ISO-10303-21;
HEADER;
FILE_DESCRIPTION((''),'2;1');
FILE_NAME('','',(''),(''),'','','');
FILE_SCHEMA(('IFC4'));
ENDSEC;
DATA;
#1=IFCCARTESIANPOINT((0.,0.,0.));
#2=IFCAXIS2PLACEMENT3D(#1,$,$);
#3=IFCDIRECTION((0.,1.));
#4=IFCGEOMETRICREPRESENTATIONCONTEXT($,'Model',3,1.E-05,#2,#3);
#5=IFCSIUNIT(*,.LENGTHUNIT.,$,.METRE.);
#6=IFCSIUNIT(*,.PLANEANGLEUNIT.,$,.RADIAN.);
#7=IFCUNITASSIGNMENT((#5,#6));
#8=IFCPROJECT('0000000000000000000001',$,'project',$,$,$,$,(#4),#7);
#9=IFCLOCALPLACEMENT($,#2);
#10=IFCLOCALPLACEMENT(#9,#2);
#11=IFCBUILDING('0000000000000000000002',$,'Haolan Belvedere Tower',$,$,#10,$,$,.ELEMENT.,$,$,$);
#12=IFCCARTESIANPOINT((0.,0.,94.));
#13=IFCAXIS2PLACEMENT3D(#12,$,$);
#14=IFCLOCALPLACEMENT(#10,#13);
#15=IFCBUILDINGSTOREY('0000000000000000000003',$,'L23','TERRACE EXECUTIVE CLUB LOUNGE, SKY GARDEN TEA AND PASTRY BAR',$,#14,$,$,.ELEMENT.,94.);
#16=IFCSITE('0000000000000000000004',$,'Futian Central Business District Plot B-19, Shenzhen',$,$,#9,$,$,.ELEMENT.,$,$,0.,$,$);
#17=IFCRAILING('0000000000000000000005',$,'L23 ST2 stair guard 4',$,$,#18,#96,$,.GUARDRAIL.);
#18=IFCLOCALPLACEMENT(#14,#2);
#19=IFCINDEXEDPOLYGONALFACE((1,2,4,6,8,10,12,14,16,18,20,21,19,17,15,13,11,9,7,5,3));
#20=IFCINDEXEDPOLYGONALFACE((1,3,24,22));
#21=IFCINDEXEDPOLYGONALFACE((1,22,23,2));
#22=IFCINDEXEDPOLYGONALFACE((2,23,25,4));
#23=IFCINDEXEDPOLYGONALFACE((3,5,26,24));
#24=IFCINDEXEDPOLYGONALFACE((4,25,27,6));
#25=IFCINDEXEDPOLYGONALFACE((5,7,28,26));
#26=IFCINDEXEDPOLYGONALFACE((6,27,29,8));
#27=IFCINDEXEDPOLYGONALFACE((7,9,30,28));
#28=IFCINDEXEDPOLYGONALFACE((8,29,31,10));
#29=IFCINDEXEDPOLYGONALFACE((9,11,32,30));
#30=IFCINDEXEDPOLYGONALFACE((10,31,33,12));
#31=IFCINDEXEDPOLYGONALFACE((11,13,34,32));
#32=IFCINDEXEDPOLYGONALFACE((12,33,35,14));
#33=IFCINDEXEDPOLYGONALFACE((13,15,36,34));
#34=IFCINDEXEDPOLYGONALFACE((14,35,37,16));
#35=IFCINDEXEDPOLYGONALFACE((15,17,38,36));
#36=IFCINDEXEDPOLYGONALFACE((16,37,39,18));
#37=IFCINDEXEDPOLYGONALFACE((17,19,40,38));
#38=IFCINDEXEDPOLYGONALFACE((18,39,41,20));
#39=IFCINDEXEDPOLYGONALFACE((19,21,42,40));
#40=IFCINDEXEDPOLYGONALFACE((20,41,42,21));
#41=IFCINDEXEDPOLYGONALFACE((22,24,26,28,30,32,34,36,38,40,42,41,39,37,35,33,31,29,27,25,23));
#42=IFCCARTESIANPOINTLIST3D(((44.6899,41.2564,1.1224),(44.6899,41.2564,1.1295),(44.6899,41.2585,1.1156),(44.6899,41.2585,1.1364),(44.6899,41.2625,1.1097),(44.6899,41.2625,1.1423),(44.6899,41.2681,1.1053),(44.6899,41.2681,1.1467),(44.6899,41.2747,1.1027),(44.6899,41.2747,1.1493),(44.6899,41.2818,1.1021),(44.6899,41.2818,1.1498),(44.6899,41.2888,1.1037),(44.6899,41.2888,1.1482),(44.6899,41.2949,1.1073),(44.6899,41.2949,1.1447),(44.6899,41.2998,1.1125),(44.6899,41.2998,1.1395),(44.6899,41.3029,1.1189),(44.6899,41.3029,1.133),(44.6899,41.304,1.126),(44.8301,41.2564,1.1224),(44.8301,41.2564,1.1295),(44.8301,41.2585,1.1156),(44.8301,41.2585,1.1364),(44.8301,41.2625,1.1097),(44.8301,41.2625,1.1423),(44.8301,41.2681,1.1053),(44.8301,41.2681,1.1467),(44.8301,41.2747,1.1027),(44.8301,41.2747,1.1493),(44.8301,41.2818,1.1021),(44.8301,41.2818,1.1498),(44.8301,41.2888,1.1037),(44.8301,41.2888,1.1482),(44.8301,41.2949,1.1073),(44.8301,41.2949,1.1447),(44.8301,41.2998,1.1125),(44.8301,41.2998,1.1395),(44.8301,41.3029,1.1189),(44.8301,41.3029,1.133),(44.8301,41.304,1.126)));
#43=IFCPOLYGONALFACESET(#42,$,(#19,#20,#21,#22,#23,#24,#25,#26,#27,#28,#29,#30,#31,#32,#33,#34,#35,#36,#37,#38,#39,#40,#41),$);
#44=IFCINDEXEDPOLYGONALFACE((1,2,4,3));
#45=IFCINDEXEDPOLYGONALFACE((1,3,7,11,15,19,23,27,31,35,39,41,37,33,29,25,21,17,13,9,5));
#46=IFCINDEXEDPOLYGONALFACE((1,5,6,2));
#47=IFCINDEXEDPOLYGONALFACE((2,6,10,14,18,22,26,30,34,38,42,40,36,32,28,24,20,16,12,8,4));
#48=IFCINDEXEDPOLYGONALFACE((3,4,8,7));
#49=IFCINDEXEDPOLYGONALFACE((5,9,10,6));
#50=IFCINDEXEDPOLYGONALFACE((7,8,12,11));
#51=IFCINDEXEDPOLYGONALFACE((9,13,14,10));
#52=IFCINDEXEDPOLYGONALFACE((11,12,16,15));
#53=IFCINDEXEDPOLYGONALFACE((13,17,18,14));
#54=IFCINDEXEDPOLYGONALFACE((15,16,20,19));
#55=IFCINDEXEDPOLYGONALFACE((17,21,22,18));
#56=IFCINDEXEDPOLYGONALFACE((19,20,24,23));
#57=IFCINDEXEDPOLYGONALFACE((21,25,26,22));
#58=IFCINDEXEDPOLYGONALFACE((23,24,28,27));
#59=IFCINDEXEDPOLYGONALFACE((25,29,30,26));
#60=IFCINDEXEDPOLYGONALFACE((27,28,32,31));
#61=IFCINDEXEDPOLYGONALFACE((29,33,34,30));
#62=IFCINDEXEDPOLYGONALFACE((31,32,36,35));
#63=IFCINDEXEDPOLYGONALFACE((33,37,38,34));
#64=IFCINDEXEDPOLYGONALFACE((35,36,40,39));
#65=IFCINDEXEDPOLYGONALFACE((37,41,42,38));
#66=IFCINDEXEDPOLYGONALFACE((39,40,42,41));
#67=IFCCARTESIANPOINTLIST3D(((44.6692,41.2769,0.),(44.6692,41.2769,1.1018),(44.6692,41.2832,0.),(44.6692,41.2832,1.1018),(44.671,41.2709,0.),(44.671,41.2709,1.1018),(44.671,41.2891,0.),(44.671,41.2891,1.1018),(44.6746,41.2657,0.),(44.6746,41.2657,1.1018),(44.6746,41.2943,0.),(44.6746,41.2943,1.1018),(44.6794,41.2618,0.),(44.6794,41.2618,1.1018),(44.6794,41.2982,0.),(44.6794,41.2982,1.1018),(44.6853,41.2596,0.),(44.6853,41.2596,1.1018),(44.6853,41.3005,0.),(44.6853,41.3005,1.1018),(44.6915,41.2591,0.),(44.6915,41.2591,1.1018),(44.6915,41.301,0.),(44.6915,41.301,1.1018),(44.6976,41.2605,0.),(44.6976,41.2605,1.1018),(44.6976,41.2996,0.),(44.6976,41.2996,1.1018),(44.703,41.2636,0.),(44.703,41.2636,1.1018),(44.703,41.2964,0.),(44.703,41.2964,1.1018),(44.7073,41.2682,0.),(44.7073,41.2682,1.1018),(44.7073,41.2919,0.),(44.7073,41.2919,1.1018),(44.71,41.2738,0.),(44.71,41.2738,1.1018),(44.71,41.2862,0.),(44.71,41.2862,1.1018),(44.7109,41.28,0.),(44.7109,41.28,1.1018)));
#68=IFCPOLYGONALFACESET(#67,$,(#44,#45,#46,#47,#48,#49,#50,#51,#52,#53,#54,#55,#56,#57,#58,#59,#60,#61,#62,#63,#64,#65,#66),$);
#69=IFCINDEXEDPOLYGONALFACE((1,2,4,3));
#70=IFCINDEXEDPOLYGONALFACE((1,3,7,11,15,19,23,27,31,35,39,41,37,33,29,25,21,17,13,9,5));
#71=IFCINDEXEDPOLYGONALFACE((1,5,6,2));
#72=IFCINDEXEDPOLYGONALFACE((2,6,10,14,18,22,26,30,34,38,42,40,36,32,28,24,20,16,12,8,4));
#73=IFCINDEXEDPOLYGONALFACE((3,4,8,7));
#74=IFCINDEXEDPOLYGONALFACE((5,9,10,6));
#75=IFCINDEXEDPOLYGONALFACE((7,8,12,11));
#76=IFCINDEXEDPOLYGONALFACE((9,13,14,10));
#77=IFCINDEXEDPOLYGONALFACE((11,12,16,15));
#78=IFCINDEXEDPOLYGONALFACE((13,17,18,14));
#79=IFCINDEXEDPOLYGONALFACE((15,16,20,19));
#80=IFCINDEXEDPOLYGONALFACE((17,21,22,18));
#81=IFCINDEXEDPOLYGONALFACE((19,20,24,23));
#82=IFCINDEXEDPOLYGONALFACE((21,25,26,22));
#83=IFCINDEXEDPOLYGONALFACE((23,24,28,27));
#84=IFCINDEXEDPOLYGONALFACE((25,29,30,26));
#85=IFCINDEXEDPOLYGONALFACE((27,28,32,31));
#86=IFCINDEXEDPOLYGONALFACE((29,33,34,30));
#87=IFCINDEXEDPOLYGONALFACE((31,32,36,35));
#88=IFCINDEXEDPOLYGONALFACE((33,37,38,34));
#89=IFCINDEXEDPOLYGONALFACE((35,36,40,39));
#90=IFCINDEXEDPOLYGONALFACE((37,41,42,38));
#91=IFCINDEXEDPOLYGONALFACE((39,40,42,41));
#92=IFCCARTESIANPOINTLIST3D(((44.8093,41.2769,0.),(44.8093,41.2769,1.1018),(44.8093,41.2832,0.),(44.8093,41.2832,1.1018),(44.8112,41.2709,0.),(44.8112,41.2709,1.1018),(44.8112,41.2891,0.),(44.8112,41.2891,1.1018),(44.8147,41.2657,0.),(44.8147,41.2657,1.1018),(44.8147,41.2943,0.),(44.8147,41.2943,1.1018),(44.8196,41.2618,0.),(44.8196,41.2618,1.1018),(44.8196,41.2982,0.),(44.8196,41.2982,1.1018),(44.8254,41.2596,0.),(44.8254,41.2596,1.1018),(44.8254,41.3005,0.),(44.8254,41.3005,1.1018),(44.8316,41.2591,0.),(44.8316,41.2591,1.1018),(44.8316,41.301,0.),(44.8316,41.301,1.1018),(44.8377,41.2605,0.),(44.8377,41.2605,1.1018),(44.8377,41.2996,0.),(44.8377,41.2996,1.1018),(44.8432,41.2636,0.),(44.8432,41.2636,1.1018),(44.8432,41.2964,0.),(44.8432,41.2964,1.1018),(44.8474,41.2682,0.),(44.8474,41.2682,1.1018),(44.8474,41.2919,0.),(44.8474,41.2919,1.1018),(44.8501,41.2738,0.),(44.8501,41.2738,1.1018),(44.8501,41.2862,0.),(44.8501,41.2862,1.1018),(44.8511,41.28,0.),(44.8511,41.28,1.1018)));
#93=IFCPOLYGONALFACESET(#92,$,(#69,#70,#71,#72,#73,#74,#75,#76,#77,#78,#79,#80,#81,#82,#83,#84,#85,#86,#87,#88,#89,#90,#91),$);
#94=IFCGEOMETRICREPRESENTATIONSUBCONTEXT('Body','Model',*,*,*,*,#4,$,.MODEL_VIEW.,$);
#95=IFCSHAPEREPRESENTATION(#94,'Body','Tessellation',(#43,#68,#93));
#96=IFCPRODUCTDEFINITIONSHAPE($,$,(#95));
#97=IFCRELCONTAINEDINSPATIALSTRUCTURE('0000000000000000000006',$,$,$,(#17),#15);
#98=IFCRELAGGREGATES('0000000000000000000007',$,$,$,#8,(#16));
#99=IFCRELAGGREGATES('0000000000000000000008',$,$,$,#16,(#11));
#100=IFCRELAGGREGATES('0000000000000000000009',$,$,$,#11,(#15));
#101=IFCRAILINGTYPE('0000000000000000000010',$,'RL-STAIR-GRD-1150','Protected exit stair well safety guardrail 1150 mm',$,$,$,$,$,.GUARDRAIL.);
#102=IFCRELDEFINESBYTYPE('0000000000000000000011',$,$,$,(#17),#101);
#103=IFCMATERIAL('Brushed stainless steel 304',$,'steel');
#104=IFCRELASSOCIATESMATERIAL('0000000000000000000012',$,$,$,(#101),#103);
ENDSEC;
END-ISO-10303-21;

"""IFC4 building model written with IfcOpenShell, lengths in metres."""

from ifc_helpers import new_model, si_unit, direction, frame, origin, origin_2d, place, context, subcontext, project, spatial, circle, extrude, material, type_object, element, save


model = new_model("IFC4")

# Units and contexts
model_context = context("Model", 3, precision=1e-05, world=origin(), true_north=direction((0.0, 1.0)))
body_context = subcontext(model_context, "Body", "Model", "MODEL_VIEW")
ifc_project = project(units=[si_unit("LENGTHUNIT", "METRE"), si_unit("PLANEANGLEUNIT", "RADIAN")], contexts=[model_context])

# Site, building, storey
site_placement = place(None, origin())
site = spatial("IfcSite", under=ifc_project, at=site_placement, Name="Futian Central Business District Plot B-19, Shenzhen", CompositionType="ELEMENT", RefElevation=0.0)
building_placement = place(site_placement, origin())
building = spatial("IfcBuilding", under=site, at=building_placement, Name="Haolan Belvedere Tower", CompositionType="ELEMENT")
storey_placement = place(building_placement, frame((0.0, 0.0, 94.0)))
storey = spatial("IfcBuildingStorey", under=building, at=storey_placement, Name="L23", Description="TERRACE EXECUTIVE CLUB LOUNGE, SKY GARDEN TEA AND PASTRY BAR", CompositionType="ELEMENT", Elevation=94.0)

# Railing
ifc_material_1 = material(Name="Brushed stainless steel 304", Category="steel")
railing_type = type_object("IfcRailingType", Name="RL-STAIR-GRD-1150", Description="Protected exit stair well safety guardrail 1150 mm", PredefinedType="GUARDRAIL", material=ifc_material_1)
railing_placement = place(storey_placement, frame((44.6899, 41.28, 0.0)))
element("IfcRailing", 1, at=railing_placement, inside=storey, type_object=railing_type, Name="L23 ST2 stair guard 4", PredefinedType="GUARDRAIL", context=body_context, shape_type="SweptSolid", body=[
    extrude(circle(Radius=0.0239, at=origin_2d()), frame((0.0, 0.0, 1.126), z_axis=(1.0, 0.0, 0.0), x_axis=(0.0, 1.0, 0.0)), (0.0, 0.0, 1.0), 0.1401),
    extrude(circle(Radius=0.021, at=origin_2d()), origin(), (0.0, 0.0, 1.0), 1.1018),
    extrude(circle(Radius=0.021, at=origin_2d()), frame((0.1401, 0.0, 0.0)), (0.0, 0.0, 1.0), 1.1018),
])

save(model, "model.ifc")
